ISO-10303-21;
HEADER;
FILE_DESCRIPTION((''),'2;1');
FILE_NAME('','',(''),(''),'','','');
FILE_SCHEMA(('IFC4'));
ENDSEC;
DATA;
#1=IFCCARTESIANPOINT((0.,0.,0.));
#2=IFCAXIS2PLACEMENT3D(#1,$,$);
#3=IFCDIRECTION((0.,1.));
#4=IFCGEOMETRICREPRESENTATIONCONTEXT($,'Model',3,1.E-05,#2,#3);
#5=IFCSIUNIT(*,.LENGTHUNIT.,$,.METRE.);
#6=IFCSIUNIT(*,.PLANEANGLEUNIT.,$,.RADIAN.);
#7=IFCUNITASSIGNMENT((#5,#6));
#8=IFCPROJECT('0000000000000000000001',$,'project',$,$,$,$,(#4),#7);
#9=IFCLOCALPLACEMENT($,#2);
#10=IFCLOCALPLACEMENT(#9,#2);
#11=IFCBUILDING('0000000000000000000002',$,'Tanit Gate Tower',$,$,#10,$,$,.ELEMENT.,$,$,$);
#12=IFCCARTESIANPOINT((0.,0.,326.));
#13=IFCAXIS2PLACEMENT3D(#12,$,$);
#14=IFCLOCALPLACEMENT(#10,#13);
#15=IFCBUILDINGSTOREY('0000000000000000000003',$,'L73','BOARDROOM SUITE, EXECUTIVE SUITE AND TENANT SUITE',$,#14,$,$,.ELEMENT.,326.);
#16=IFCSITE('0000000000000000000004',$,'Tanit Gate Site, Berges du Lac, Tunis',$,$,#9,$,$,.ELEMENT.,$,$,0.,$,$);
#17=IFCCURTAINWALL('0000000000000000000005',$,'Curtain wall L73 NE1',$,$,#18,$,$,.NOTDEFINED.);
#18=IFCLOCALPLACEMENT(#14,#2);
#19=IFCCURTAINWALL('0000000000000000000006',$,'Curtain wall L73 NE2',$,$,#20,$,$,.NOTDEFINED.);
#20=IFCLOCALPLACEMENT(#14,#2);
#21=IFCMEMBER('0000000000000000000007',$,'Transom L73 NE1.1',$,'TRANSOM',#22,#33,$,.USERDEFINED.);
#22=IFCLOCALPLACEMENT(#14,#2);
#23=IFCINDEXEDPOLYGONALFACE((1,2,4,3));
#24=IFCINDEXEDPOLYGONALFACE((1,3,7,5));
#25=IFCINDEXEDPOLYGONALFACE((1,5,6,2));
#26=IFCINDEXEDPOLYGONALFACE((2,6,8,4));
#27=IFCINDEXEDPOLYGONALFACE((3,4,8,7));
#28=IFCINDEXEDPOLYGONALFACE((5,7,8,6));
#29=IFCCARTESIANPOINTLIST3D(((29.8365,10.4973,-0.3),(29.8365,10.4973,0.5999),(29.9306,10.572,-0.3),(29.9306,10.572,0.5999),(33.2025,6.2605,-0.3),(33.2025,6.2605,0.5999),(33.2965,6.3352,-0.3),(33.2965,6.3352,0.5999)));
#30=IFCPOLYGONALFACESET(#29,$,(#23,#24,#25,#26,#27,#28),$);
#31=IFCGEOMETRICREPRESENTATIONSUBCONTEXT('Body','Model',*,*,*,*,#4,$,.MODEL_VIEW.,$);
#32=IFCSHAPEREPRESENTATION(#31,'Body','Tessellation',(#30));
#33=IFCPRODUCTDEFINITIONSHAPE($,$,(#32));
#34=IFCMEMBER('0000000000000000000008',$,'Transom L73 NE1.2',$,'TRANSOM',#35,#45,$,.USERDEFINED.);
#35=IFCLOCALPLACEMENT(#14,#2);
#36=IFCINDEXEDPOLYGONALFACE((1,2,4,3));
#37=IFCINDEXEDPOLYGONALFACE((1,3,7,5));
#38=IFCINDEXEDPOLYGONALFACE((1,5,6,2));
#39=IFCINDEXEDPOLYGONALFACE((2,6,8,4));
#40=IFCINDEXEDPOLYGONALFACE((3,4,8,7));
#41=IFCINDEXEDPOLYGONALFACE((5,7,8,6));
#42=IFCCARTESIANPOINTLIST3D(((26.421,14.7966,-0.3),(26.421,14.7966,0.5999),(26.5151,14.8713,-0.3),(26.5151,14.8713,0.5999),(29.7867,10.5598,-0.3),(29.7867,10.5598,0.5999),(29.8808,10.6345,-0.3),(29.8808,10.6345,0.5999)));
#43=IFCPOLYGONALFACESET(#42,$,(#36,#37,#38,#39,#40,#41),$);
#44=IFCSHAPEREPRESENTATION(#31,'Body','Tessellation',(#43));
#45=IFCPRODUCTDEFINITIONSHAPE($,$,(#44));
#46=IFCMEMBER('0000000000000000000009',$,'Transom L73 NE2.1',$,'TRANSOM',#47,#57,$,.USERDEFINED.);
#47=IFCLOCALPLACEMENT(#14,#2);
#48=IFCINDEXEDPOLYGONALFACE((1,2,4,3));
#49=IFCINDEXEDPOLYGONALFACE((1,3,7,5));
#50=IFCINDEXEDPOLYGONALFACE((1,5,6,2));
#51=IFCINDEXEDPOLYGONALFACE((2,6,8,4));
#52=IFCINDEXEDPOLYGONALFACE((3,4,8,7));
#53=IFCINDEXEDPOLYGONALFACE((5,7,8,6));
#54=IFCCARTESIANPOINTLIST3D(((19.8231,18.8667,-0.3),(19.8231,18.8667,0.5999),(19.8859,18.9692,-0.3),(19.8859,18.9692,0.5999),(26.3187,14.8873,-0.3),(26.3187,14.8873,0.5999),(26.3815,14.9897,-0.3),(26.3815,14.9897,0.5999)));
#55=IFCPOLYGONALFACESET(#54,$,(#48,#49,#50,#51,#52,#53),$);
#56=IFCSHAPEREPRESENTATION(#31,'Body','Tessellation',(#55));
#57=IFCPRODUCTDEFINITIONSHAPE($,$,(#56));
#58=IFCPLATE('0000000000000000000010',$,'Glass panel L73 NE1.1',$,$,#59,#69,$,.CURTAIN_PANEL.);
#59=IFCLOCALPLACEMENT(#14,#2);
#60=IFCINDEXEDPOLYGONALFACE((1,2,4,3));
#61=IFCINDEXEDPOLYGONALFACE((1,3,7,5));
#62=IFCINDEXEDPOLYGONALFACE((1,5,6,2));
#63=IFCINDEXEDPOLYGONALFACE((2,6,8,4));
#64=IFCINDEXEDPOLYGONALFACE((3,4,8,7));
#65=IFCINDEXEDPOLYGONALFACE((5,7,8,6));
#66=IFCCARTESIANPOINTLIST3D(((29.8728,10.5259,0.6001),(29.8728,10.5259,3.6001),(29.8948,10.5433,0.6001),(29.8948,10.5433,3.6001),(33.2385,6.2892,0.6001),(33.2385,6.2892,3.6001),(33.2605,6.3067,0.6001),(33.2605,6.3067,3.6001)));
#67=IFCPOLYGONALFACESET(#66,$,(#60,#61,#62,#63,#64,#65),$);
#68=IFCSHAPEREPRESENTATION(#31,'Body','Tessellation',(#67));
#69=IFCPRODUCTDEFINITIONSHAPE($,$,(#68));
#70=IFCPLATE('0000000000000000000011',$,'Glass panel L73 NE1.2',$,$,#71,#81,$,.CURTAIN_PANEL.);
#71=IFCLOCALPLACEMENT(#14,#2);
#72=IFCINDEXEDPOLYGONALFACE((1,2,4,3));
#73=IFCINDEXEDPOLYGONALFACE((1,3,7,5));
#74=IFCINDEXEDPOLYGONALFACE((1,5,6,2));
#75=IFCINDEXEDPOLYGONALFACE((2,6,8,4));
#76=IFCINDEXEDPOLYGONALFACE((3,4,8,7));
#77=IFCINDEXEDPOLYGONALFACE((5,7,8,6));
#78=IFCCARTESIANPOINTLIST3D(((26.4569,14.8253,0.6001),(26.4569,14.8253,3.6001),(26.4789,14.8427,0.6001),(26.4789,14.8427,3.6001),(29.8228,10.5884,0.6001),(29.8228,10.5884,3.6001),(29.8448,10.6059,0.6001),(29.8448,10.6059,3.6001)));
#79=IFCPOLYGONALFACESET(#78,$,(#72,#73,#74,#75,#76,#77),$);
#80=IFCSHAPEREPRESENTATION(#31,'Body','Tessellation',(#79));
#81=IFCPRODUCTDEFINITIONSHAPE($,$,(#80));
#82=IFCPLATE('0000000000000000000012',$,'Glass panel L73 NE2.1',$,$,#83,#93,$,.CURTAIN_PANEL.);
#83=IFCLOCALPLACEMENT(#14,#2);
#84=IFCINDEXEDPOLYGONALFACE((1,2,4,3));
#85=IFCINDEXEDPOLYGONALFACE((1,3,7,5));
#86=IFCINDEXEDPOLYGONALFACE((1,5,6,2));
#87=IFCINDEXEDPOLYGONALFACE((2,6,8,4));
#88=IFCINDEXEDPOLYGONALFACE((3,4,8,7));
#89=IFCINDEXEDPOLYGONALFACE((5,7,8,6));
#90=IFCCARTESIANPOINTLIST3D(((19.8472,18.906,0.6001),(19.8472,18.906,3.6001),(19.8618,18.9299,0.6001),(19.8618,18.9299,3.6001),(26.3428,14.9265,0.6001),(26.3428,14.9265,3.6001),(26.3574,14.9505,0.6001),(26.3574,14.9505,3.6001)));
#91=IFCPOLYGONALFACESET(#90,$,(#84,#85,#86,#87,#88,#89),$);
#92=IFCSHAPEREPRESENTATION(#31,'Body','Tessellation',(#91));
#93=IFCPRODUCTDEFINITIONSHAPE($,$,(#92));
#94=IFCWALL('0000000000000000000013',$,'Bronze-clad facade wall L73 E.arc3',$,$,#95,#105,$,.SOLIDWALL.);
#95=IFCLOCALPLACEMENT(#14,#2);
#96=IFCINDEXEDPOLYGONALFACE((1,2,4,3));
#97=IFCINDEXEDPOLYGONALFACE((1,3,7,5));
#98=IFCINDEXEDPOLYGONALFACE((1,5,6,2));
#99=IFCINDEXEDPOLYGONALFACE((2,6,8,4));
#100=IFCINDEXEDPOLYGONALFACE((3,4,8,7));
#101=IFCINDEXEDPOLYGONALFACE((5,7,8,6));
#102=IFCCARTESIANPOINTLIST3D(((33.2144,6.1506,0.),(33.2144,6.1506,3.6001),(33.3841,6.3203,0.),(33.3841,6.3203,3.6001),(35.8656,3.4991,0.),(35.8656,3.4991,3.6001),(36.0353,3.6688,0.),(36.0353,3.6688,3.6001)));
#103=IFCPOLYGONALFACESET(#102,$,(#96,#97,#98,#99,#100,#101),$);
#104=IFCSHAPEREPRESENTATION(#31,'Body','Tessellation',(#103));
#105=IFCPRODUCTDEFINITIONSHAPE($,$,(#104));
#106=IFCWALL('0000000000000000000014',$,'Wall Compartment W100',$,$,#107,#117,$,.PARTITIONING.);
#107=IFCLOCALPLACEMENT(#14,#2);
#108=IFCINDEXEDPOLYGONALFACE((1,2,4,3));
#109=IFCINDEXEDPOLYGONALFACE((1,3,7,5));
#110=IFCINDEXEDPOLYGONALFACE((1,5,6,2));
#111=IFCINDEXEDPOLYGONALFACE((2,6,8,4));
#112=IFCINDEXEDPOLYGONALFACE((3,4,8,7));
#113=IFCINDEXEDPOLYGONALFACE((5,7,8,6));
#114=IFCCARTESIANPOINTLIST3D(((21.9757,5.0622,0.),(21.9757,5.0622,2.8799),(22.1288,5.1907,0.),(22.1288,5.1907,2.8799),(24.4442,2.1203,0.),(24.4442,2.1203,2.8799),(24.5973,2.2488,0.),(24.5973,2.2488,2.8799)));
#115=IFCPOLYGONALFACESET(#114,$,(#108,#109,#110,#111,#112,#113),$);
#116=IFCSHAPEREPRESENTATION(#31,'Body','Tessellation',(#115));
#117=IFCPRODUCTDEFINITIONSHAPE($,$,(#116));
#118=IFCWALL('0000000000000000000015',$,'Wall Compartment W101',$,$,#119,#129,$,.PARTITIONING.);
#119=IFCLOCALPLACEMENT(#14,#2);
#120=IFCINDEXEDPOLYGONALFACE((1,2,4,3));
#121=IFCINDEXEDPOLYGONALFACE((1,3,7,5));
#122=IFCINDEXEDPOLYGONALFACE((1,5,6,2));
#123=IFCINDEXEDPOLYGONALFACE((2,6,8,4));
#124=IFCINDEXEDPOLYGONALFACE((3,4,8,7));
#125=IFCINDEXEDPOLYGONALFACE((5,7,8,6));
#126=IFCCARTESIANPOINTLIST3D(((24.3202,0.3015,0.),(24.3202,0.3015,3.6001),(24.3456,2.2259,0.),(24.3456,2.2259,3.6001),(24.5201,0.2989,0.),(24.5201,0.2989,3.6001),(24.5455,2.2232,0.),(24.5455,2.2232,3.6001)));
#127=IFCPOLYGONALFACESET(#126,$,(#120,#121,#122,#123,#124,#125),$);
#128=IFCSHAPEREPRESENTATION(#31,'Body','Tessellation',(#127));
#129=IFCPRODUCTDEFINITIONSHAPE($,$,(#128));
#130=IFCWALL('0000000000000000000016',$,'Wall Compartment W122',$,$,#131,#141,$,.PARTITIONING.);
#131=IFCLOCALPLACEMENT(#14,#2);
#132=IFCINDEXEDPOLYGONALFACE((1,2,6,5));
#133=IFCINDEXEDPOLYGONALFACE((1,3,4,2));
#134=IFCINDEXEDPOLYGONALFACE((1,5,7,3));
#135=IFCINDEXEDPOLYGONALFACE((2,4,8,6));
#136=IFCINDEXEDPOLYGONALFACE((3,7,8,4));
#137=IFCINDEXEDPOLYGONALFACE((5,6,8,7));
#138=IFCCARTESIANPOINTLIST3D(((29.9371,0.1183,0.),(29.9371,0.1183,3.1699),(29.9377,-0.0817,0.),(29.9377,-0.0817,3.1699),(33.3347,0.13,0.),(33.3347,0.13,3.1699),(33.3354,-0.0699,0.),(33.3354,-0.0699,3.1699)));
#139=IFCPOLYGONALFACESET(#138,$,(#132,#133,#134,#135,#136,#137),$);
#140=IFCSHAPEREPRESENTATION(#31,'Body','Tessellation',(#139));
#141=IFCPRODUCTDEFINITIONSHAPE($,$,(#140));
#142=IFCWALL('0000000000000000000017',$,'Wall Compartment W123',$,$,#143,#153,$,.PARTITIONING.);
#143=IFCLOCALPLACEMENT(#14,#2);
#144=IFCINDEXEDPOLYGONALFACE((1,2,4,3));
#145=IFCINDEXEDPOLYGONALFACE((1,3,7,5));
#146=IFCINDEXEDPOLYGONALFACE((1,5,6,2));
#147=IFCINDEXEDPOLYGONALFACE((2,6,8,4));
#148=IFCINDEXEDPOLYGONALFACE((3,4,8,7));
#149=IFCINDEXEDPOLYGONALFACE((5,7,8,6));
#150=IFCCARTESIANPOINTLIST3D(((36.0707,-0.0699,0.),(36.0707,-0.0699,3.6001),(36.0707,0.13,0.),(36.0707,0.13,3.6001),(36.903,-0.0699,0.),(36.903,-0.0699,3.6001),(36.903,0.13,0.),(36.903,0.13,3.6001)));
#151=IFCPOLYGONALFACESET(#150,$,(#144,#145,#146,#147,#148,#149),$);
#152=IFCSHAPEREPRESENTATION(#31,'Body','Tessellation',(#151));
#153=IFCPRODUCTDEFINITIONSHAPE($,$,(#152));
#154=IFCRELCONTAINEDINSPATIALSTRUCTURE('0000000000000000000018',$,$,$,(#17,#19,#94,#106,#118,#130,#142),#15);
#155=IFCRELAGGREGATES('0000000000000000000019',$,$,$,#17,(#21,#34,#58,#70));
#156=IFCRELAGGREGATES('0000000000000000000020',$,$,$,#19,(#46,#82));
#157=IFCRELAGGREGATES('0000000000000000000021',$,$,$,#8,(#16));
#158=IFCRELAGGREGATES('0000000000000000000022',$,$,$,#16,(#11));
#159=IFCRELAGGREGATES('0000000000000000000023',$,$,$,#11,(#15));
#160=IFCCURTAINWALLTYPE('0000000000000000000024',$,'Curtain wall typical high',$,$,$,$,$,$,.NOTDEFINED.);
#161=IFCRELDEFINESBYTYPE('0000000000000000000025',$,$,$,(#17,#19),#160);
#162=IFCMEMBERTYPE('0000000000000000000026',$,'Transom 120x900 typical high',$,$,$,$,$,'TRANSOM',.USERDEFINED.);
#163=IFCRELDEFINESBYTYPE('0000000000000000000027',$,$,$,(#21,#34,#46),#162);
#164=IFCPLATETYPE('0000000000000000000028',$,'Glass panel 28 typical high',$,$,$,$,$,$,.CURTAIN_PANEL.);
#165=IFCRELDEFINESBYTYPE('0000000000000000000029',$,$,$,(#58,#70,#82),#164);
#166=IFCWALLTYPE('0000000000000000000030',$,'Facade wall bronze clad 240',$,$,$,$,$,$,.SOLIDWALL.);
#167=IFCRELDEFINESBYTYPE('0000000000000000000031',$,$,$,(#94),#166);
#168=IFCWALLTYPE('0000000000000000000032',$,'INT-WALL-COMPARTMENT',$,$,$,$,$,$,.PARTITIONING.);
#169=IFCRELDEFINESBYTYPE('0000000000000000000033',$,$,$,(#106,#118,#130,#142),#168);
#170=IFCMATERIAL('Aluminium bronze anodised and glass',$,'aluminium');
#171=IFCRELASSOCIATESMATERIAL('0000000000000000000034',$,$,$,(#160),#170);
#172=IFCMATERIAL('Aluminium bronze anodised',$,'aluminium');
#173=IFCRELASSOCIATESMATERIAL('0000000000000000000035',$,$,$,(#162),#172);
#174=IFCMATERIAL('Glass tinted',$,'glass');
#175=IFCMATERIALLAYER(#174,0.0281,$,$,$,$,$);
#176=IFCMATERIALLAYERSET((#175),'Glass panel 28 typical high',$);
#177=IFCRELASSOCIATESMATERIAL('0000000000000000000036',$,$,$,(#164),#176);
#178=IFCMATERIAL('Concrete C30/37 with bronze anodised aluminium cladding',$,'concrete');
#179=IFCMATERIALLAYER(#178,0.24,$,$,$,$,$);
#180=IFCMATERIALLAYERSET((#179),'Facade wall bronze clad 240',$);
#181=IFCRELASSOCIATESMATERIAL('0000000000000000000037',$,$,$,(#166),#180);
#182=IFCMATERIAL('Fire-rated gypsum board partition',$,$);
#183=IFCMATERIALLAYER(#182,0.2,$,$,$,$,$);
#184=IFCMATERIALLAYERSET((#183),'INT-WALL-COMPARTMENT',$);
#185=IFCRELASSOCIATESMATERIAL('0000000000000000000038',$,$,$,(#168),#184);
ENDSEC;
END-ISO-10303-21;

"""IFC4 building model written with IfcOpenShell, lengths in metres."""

from ifc_helpers import new_model, si_unit, direction, frame, frame_2d, origin, origin_2d, place, context, subcontext, project, spatial, rectangle, extrude, material, layer, layer_set, material_profile, profile_set, type_object, element, aggregate, save


model = new_model("IFC4")

# Units and contexts
model_context = context("Model", 3, precision=1e-05, world=origin(), true_north=direction((0.0, 1.0)))
body_context = subcontext(model_context, "Body", "Model", "MODEL_VIEW")
ifc_project = project(units=[si_unit("LENGTHUNIT", "METRE"), si_unit("PLANEANGLEUNIT", "RADIAN")], contexts=[model_context])

# Site, building, storey
site_placement = place(None, origin())
site = spatial("IfcSite", under=ifc_project, at=site_placement, Name="Tanit Gate Site, Berges du Lac, Tunis", CompositionType="ELEMENT", RefElevation=0.0)
building_placement = place(site_placement, origin())
building = spatial("IfcBuilding", under=site, at=building_placement, Name="Tanit Gate Tower", CompositionType="ELEMENT")
storey_placement = place(building_placement, frame((0.0, 0.0, 326.0)))
storey = spatial("IfcBuildingStorey", under=building, at=storey_placement, Name="L73", Description="BOARDROOM SUITE, EXECUTIVE SUITE AND TENANT SUITE", CompositionType="ELEMENT", Elevation=326.0)

# Curtain walls
ifc_material_1 = material(Name="Aluminium bronze anodised and glass", Category="aluminium")
curtain_wall_type = type_object("IfcCurtainWallType", Name="Curtain wall typical high", PredefinedType="NOTDEFINED", material=ifc_material_1)
curtain_wall_1_placement = place(storey_placement, origin())
curtain_wall_1 = element("IfcCurtainWall", 1, at=curtain_wall_1_placement, inside=storey, type_object=curtain_wall_type, Name="Curtain wall L73 NE1", PredefinedType="NOTDEFINED")
curtain_wall_2_placement = place(storey_placement, origin())
curtain_wall_2 = element("IfcCurtainWall", 2, at=curtain_wall_2_placement, inside=storey, type_object=curtain_wall_type, Name="Curtain wall L73 NE2", PredefinedType="NOTDEFINED")

# Members
ifc_material_2 = material(Name="Aluminium bronze anodised", Category="aluminium")
ifc_material_profile_1 = material_profile(ifc_material_2, rectangle(XDim=0.1201, YDim=0.8999, at=origin_2d()), Name="120x900 bronze transom")
ifc_profile_set_1 = profile_set([ifc_material_profile_1], Name="Aluminium bronze anodised")
member_type_1 = type_object("IfcMemberType", Name="Transom 120x900 typical high", ElementType="TRANSOM", PredefinedType="USERDEFINED", material=ifc_profile_set_1)
member_1_placement = place(storey_placement, frame((33.2495, 6.2979, 0.1499), z_axis=(-0.622045, 0.782982, 0.0), x_axis=(-0.782982, -0.622045, 0.0)))
member_1 = element("IfcMember", 3, at=member_1_placement, type_object=member_type_1, Name="Transom L73 NE1.1", ObjectType="TRANSOM", PredefinedType="USERDEFINED", context=body_context, shape_type="SweptSolid", body=[
    extrude(rectangle(XDim=0.1201, YDim=0.8999, at=origin_2d()), origin(), (0.0, 0.0, 1.0), 5.4111),
])
member_2_placement = place(storey_placement, frame((29.8337, 10.5972, 0.1499), z_axis=(-0.622017, 0.783004, 0.0), x_axis=(-0.783004, -0.622017, 0.0)))
member_2 = element("IfcMember", 4, at=member_2_placement, type_object=member_type_1, Name="Transom L73 NE1.2", ObjectType="TRANSOM", PredefinedType="USERDEFINED", context=body_context, shape_type="SweptSolid", body=[
    extrude(rectangle(XDim=0.1201, YDim=0.8999, at=origin_2d()), origin(), (0.0, 0.0, 1.0), 5.4109),
])
member_3_placement = place(storey_placement, frame((26.3501, 14.9385, 0.1499), z_axis=(-0.8527, 0.522401, 0.0), x_axis=(-0.522401, -0.8527, 0.0)))
member_3 = element("IfcMember", 5, at=member_3_placement, type_object=member_type_1, Name="Transom L73 NE2.1", ObjectType="TRANSOM", PredefinedType="USERDEFINED", context=body_context, shape_type="SweptSolid", body=[
    extrude(rectangle(XDim=0.1201, YDim=0.8999, at=origin_2d()), origin(), (0.0, 0.0, 1.0), 7.6177),
])

# Plates
ifc_material_3 = material(Name="Glass tinted", Category="glass")
ifc_layer_1 = layer(ifc_material_3, 0.0281)
ifc_layer_set_1 = layer_set([ifc_layer_1], Name="Glass panel 28 typical high")
plate_type = type_object("IfcPlateType", Name="Glass panel 28 typical high", PredefinedType="CURTAIN_PANEL", material=ifc_layer_set_1)
plate_1_placement = place(storey_placement, frame((31.5667, 8.4163, 0.6001), z_axis=(0.0, 0.0, 1.0), x_axis=(-0.622036, 0.782989, 0.0)))
plate_1 = element("IfcPlate", 6, at=plate_1_placement, type_object=plate_type, Name="Glass panel L73 NE1.1", PredefinedType="CURTAIN_PANEL", context=body_context, shape_type="SweptSolid", body=[
    extrude(rectangle(XDim=5.4109, YDim=0.0281, at=origin_2d()), origin(), (0.0, 0.0, 1.0), 3.0),
])
plate_2_placement = place(storey_placement, frame((28.1509, 12.7156, 0.6001), z_axis=(0.0, 0.0, 1.0), x_axis=(-0.622036, 0.782989, 0.0)))
plate_2 = element("IfcPlate", 7, at=plate_2_placement, type_object=plate_type, Name="Glass panel L73 NE1.2", PredefinedType="CURTAIN_PANEL", context=body_context, shape_type="SweptSolid", body=[
    extrude(rectangle(XDim=5.4111, YDim=0.0281, at=origin_2d()), origin(), (0.0, 0.0, 1.0), 3.0),
])
aggregate(curtain_wall_1, [member_1, member_2, plate_1, plate_2])
plate_3_placement = place(storey_placement, frame((23.1023, 16.9282, 0.6001), z_axis=(0.0, 0.0, 1.0), x_axis=(-0.8527, 0.522401, 0.0)))
plate_3 = element("IfcPlate", 8, at=plate_3_placement, type_object=plate_type, Name="Glass panel L73 NE2.1", PredefinedType="CURTAIN_PANEL", context=body_context, shape_type="SweptSolid", body=[
    extrude(rectangle(XDim=7.6177, YDim=0.0281, at=origin_2d()), origin(), (0.0, 0.0, 1.0), 3.0),
])
aggregate(curtain_wall_2, [member_3, plate_3])

# Walls
ifc_material_4 = material(Name="Concrete C30/37 with bronze anodised aluminium cladding", Category="concrete")
ifc_layer_2 = layer(ifc_material_4, 0.24)
ifc_layer_set_2 = layer_set([ifc_layer_2], Name="Facade wall bronze clad 240")
wall_type_1 = type_object("IfcWallType", Name="Facade wall bronze clad 240", PredefinedType="SOLIDWALL", material=ifc_layer_set_2)
wall_1_placement = place(storey_placement, frame((35.9504, 3.584, 0.0), z_axis=(0.0, 0.0, 1.0), x_axis=(-0.707074, 0.707139, 0.0)))
element("IfcWall", 9, at=wall_1_placement, inside=storey, type_object=wall_type_1, Name="Bronze-clad facade wall L73 E.arc3", PredefinedType="SOLIDWALL", context=body_context, shape_type="SweptSolid", body=[
    extrude(rectangle(XDim=3.7495, YDim=0.24, at=frame_2d((1.8748, 0.0))), origin(), (0.0, 0.0, 1.0), 3.6001),
])
ifc_material_5 = material(Name="Fire-rated gypsum board partition")
ifc_layer_3 = layer(ifc_material_5, 0.2)
ifc_layer_set_3 = layer_set([ifc_layer_3], Name="INT-WALL-COMPARTMENT")
wall_type_2 = type_object("IfcWallType", Name="INT-WALL-COMPARTMENT", PredefinedType="PARTITIONING", material=ifc_layer_set_3)
wall_2_placement = place(storey_placement, frame((24.5208, 2.1846, 0.0), z_axis=(0.0, 0.0, 1.0), x_axis=(-0.642782, 0.766049, 0.0)))
element("IfcWall", 10, at=wall_2_placement, inside=storey, type_object=wall_type_2, Name="Wall Compartment W100", PredefinedType="PARTITIONING", context=body_context, shape_type="SweptSolid", body=[
    extrude(rectangle(XDim=3.8403, YDim=0.2, at=frame_2d((1.9202, 0.0))), origin(), (0.0, 0.0, 1.0), 2.8799),
])
wall_3_placement = place(storey_placement, frame((24.4202, 0.3, 0.0), z_axis=(0.0, 0.0, 1.0), x_axis=(0.013193, 0.999913, 0.0)))
element("IfcWall", 11, at=wall_3_placement, inside=storey, type_object=wall_type_2, Name="Wall Compartment W101", PredefinedType="PARTITIONING", context=body_context, shape_type="SweptSolid", body=[
    extrude(rectangle(XDim=1.9246, YDim=0.2, at=frame_2d((0.9624, 0.0))), origin(), (0.0, 0.0, 1.0), 3.6001),
])
wall_4_placement = place(storey_placement, frame((33.335, 0.03, 0.0), z_axis=(0.0, 0.0, 1.0), x_axis=(-0.999994, -0.003449, 0.0)))
element("IfcWall", 12, at=wall_4_placement, inside=storey, type_object=wall_type_2, Name="Wall Compartment W122", PredefinedType="PARTITIONING", context=body_context, shape_type="SweptSolid", body=[
    extrude(rectangle(XDim=3.3977, YDim=0.2, at=frame_2d((1.6987, 0.0))), origin(), (0.0, 0.0, 1.0), 3.1699),
])
wall_5_placement = place(storey_placement, frame((36.9028, 0.03, 0.0), z_axis=(0.0, 0.0, 1.0), x_axis=(-1.0, 0.0, 0.0)))
element("IfcWall", 13, at=wall_5_placement, inside=storey, type_object=wall_type_2, Name="Wall Compartment W123", PredefinedType="PARTITIONING", context=body_context, shape_type="SweptSolid", body=[
    extrude(rectangle(XDim=0.8323, YDim=0.2, at=frame_2d((0.416, 0.0))), origin(), (0.0, 0.0, 1.0), 3.6001),
])

save(model, "model.ifc")
